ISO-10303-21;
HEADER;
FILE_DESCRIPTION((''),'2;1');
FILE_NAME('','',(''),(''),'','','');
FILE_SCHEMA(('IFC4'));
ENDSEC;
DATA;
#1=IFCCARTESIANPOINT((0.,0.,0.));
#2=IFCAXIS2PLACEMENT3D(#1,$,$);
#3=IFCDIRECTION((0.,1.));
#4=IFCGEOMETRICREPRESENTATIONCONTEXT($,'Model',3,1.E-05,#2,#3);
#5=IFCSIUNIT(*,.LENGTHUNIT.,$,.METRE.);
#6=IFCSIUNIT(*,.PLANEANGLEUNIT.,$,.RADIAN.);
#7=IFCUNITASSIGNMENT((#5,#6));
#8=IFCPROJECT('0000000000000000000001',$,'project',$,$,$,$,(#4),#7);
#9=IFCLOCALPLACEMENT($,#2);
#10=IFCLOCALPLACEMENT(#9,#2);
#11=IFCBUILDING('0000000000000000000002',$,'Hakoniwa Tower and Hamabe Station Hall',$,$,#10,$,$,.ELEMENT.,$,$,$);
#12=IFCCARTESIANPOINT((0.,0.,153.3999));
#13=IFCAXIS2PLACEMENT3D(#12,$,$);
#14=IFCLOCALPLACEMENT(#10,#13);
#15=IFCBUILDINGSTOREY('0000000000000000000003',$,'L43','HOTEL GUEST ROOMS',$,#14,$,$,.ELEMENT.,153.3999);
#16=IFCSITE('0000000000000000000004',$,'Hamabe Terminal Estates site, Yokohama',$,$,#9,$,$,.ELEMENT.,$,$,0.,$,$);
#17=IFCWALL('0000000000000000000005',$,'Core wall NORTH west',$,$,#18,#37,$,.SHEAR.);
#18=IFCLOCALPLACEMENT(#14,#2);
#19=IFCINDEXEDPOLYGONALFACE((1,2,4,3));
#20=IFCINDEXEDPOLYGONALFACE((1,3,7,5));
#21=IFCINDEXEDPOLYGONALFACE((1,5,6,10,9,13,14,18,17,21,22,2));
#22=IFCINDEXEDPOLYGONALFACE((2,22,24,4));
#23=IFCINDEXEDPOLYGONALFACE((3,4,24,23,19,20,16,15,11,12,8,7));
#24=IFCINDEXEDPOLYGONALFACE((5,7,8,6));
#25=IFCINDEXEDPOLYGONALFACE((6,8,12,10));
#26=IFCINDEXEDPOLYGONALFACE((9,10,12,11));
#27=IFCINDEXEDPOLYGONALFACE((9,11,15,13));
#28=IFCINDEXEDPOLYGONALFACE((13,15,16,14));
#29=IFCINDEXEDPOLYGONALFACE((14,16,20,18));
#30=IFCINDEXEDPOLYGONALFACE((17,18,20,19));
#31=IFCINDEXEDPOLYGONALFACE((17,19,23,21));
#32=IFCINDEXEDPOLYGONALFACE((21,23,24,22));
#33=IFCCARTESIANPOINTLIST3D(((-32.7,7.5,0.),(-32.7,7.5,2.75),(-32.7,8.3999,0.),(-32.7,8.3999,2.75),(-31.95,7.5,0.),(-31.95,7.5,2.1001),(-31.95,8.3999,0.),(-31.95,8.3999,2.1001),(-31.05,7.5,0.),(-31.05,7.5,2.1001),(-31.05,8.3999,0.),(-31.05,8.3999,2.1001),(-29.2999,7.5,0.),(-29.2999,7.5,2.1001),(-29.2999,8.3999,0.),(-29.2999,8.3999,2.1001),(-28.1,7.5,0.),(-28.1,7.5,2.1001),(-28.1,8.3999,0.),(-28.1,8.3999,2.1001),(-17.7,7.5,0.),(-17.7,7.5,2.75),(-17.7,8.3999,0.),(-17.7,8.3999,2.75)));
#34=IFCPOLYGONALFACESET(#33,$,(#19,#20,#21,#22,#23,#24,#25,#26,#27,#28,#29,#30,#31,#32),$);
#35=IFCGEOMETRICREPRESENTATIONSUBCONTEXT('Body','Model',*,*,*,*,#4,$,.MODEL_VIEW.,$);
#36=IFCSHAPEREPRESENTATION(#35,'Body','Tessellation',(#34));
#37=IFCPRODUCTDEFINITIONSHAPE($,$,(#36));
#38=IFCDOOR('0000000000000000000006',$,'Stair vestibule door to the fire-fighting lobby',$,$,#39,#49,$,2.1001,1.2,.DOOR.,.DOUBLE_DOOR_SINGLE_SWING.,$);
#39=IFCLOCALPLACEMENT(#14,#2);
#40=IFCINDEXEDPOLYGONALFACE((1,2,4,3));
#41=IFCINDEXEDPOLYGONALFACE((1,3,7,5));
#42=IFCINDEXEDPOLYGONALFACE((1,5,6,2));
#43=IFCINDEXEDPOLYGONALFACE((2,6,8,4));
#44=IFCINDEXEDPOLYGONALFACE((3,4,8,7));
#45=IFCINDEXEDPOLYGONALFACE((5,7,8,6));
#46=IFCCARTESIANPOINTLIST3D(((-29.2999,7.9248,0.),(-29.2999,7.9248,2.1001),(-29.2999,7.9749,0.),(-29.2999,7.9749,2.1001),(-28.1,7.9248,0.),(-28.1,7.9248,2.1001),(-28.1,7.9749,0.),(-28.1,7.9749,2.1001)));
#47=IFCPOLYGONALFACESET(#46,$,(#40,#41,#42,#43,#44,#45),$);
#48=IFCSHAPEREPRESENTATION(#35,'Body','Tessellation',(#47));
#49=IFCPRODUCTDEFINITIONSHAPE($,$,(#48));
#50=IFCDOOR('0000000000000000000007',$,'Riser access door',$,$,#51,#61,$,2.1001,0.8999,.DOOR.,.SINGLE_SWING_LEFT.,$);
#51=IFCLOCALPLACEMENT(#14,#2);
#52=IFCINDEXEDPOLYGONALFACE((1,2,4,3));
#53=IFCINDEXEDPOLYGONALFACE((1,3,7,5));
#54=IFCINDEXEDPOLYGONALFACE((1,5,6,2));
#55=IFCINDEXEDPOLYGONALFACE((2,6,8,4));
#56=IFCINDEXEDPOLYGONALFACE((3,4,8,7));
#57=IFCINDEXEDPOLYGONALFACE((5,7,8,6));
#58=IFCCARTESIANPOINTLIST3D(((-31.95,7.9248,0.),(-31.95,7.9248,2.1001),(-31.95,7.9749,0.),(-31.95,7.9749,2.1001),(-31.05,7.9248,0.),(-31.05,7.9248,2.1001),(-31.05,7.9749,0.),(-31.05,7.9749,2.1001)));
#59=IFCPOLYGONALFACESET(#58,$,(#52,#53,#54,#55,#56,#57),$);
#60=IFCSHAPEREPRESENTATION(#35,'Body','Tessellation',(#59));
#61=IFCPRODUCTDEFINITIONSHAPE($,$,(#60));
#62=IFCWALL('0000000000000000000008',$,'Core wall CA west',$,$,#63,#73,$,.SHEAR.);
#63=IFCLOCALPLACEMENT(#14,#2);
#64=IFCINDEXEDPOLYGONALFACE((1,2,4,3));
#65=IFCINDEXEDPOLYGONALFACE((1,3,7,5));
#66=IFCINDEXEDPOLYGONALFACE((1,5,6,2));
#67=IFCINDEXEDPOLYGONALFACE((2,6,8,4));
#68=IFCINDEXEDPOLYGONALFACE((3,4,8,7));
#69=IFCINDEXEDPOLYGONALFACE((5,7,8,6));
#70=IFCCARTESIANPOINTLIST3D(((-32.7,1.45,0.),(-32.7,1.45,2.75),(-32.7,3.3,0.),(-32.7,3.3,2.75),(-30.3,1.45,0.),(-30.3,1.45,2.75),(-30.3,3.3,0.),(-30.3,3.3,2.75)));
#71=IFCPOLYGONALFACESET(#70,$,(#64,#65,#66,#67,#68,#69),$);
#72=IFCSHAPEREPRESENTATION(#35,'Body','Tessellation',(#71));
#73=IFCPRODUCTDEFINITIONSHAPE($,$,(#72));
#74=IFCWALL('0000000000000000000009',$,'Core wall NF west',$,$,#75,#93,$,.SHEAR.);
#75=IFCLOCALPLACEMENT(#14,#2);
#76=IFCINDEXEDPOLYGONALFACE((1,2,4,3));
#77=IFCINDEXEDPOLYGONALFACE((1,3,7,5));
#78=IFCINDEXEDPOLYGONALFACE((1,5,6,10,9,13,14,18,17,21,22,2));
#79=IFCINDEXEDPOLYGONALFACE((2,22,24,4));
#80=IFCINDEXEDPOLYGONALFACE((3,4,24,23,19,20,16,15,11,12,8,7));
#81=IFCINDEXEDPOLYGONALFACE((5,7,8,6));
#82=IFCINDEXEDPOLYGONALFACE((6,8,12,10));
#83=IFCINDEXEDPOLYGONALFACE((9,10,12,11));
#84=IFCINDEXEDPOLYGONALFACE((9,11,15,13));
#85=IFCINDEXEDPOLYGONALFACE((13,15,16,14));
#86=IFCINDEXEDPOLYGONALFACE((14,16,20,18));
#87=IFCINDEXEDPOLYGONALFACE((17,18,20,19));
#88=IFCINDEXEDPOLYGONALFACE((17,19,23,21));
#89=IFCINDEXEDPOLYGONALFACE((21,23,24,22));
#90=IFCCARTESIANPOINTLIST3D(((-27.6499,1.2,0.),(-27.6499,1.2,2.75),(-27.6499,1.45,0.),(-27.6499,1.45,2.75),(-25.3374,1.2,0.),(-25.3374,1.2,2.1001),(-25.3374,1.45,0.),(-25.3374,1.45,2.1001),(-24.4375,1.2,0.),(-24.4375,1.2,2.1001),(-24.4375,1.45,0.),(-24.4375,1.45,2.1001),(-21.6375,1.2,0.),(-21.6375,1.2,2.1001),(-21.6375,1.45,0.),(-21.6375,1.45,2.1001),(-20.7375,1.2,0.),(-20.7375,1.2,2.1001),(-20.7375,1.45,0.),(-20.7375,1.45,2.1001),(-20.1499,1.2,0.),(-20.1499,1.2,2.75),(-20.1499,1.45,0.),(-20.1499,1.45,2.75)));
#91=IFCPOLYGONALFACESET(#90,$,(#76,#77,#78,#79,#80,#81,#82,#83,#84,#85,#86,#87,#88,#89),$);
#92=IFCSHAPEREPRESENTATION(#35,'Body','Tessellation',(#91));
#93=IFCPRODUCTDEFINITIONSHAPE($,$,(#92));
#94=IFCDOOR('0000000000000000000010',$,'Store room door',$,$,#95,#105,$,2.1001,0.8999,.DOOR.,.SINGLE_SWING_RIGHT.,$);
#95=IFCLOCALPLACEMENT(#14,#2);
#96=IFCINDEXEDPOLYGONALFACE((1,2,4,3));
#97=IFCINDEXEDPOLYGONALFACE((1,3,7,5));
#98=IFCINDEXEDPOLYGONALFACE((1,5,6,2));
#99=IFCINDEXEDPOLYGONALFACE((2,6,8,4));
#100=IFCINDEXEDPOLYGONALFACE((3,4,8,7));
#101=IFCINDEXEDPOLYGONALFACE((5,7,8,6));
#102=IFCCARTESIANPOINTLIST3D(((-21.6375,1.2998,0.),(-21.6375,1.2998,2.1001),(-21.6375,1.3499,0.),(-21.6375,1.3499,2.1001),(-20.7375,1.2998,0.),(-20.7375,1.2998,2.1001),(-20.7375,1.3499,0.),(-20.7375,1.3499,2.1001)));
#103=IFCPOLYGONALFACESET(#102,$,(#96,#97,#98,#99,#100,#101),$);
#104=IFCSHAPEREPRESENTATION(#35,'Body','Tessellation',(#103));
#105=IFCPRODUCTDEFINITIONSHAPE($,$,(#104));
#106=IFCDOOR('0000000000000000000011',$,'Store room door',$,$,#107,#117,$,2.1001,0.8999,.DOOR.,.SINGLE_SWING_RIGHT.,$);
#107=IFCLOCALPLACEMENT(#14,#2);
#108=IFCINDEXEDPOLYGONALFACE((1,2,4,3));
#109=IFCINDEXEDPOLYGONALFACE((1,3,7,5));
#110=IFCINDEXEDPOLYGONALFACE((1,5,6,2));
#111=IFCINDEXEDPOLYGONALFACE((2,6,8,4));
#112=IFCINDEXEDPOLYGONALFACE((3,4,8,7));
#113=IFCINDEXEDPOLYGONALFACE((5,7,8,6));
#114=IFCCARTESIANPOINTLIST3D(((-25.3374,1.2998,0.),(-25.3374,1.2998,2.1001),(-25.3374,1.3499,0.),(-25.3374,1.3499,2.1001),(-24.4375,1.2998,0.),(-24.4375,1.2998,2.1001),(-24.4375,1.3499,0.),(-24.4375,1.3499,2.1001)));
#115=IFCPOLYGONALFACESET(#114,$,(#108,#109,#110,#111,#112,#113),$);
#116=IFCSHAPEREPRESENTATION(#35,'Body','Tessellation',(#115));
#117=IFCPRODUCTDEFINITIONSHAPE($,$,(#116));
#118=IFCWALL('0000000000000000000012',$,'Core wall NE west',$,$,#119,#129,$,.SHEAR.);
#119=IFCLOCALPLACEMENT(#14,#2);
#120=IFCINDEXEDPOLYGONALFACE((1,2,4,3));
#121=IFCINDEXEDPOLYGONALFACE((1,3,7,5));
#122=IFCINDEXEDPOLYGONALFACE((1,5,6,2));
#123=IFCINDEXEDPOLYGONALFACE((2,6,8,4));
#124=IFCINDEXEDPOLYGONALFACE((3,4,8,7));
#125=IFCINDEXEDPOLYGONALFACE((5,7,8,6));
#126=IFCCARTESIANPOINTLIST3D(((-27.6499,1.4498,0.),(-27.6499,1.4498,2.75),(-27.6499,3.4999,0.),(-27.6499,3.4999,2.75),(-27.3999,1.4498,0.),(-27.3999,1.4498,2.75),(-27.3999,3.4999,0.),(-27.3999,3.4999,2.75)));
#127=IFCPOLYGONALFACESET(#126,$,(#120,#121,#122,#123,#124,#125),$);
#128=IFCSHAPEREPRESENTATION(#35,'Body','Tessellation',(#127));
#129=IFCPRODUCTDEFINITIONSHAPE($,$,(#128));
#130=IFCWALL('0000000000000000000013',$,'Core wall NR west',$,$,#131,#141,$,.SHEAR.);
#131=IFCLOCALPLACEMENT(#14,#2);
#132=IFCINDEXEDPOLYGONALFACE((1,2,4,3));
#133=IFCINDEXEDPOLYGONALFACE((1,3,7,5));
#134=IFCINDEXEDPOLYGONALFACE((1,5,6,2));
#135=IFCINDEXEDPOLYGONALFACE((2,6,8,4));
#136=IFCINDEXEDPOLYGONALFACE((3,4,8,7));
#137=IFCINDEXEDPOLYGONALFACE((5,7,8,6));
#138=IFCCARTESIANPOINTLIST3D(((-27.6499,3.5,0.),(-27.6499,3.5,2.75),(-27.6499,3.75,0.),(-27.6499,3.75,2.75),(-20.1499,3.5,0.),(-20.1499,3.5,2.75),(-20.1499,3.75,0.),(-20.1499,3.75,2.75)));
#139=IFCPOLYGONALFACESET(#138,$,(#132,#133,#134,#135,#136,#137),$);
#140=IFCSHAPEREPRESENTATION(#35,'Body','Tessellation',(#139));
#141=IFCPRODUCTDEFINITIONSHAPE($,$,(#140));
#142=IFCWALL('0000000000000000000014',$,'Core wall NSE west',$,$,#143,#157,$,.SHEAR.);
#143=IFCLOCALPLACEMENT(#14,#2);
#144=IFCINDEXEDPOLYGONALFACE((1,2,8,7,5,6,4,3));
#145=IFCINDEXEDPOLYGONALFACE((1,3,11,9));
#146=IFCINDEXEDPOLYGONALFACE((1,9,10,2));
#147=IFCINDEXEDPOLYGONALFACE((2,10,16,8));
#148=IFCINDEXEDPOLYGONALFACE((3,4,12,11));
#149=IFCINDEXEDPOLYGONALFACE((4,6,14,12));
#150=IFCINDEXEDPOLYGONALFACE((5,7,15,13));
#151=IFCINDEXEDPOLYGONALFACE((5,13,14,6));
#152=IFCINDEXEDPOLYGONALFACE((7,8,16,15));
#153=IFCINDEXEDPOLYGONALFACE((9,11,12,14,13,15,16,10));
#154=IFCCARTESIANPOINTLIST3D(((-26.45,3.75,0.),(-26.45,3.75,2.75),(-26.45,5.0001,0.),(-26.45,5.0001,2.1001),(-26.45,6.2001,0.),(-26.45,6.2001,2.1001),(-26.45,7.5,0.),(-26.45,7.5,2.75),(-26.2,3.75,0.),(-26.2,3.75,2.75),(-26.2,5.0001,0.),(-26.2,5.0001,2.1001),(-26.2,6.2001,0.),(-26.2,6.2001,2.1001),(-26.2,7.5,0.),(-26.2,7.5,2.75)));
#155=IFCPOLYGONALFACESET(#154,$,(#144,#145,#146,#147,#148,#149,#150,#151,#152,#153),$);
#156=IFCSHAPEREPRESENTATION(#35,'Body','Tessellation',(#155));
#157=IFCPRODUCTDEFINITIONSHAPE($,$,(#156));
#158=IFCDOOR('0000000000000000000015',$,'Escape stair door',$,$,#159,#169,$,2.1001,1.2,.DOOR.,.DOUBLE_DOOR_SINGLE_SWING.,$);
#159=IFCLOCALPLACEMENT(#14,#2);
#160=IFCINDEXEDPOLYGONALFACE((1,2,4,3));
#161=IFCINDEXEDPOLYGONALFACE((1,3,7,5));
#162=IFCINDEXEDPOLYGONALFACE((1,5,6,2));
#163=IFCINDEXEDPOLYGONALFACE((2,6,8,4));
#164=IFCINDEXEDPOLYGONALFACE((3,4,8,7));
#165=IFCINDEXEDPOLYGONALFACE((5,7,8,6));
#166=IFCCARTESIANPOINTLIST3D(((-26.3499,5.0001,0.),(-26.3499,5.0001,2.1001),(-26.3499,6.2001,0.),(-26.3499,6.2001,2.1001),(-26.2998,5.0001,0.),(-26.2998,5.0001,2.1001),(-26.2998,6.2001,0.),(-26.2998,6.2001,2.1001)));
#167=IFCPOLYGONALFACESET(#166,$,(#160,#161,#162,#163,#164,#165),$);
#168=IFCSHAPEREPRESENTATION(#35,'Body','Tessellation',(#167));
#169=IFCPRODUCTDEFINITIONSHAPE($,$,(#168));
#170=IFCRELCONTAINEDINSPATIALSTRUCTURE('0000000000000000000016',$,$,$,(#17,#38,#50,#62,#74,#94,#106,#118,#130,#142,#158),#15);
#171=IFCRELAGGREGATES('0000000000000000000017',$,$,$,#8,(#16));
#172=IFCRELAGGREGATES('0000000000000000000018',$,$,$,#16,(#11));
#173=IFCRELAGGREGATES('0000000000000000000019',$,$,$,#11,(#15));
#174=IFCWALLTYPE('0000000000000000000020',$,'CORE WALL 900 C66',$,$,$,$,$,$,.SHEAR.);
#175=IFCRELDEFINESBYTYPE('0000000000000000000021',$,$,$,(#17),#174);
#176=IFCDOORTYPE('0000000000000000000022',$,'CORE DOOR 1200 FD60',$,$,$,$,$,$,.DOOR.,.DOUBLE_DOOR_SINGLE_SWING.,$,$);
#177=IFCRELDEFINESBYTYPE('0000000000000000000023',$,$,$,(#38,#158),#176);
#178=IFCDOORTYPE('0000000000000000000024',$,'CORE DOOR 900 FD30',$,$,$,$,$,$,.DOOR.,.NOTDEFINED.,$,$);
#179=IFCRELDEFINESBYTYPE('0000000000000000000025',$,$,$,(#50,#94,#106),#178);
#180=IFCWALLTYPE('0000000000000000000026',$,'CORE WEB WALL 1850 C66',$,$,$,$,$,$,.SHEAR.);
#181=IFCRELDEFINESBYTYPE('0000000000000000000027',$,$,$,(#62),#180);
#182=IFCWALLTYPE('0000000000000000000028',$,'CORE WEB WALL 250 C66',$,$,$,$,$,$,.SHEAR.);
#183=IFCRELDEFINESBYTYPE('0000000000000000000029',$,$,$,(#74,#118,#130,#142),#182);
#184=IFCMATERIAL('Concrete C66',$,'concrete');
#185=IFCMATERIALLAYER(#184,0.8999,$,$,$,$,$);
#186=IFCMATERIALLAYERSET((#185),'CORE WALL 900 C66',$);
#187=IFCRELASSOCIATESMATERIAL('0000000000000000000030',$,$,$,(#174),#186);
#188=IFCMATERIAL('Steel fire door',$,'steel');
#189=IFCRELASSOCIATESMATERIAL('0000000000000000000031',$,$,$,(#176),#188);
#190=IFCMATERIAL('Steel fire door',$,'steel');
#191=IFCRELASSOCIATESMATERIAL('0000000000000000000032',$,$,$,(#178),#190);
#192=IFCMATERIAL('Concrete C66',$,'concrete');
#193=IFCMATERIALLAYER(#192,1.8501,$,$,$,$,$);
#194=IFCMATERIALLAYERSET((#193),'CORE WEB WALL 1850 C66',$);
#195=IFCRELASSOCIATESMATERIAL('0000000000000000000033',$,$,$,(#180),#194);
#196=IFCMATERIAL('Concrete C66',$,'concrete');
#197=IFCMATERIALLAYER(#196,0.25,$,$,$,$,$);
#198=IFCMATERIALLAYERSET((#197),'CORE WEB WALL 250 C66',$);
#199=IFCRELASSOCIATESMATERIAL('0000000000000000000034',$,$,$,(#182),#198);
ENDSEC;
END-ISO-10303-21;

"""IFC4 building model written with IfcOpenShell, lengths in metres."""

from ifc_helpers import new_model, si_unit, direction, frame, frame_2d, origin, place, context, subcontext, project, spatial, rectangle, extrude, material, layer, layer_set, type_object, element, fill, save


model = new_model("IFC4")

# Units and contexts
model_context = context("Model", 3, precision=1e-05, world=origin(), true_north=direction((0.0, 1.0)))
body_context = subcontext(model_context, "Body", "Model", "MODEL_VIEW")
ifc_project = project(units=[si_unit("LENGTHUNIT", "METRE"), si_unit("PLANEANGLEUNIT", "RADIAN")], contexts=[model_context])

# Site, building, storey
site_placement = place(None, origin())
site = spatial("IfcSite", under=ifc_project, at=site_placement, Name="Hamabe Terminal Estates site, Yokohama", CompositionType="ELEMENT", RefElevation=0.0)
building_placement = place(site_placement, origin())
building = spatial("IfcBuilding", under=site, at=building_placement, Name="Hakoniwa Tower and Hamabe Station Hall", CompositionType="ELEMENT")
storey_placement = place(building_placement, frame((0.0, 0.0, 153.3999)))
storey = spatial("IfcBuildingStorey", under=building, at=storey_placement, Name="L43", Description="HOTEL GUEST ROOMS", CompositionType="ELEMENT", Elevation=153.3999)

# Wall, openings, doors
ifc_material_1 = material(Name="Concrete C66", Category="concrete")
ifc_layer_1 = layer(ifc_material_1, 0.8999)
ifc_layer_set_1 = layer_set([ifc_layer_1], Name="CORE WALL 900 C66")
wall_type_1 = type_object("IfcWallType", Name="CORE WALL 900 C66", PredefinedType="SHEAR", material=ifc_layer_set_1)
wall_1_placement = place(storey_placement, frame((-32.7, 7.95, 0.0), z_axis=(0.0, 0.0, 1.0), x_axis=(1.0, 0.0, 0.0)))
wall_1 = element("IfcWall", 1, at=wall_1_placement, inside=storey, type_object=wall_type_1, Name="Core wall NORTH west", PredefinedType="SHEAR", context=body_context, shape_type="SweptSolid", body=[
    extrude(rectangle(XDim=15.0, YDim=0.8999, at=frame_2d((7.5, 0.0))), origin(), (0.0, 0.0, 1.0), 2.75),
])
opening_1_placement = place(wall_1_placement, frame((3.3999, 0.0, 0.0)))
opening_1 = element("IfcOpeningElement", 2, at=opening_1_placement, cuts=wall_1, PredefinedType="OPENING", context=body_context, shape_type="SweptSolid", body=[
    extrude(rectangle(XDim=1.2, YDim=2.1001, at=frame_2d((0.6001, 1.05))), frame((0.0, 0.46, 0.0), z_axis=(0.0, -1.0, 0.0), x_axis=(1.0, 0.0, 0.0)), (0.0, 0.0, 1.0), 0.9199),
])
opening_2_placement = place(wall_1_placement, frame((0.75, 0.0, 0.0)))
opening_2 = element("IfcOpeningElement", 3, at=opening_2_placement, cuts=wall_1, PredefinedType="OPENING", context=body_context, shape_type="SweptSolid", body=[
    extrude(rectangle(XDim=0.8999, YDim=2.1001, at=frame_2d((0.45, 1.05))), frame((0.0, 0.46, 0.0), z_axis=(0.0, -1.0, 0.0), x_axis=(1.0, 0.0, 0.0)), (0.0, 0.0, 1.0), 0.9199),
])
ifc_material_2 = material(Name="Steel fire door", Category="steel")
door_type_1 = type_object("IfcDoorType", Name="CORE DOOR 1200 FD60", OperationType="DOUBLE_DOOR_SINGLE_SWING", PredefinedType="DOOR", material=ifc_material_2)
door_1_placement = place(opening_1_placement, origin())
door_1 = element("IfcDoor", 4, at=door_1_placement, inside=storey, type_object=door_type_1, Name="Stair vestibule door to the fire-fighting lobby", OperationType="DOUBLE_DOOR_SINGLE_SWING", OverallHeight=2.1001, OverallWidth=1.2, PredefinedType="DOOR", context=body_context, shape_type="SweptSolid", body=[
    extrude(rectangle(XDim=1.2, YDim=2.1001, at=frame_2d((0.6001, 1.05))), frame((0.0, 0.0249, 0.0), z_axis=(0.0, -1.0, 0.0), x_axis=(1.0, 0.0, 0.0)), (0.0, 0.0, 1.0), 0.05),
])
fill(opening_1, door_1)
ifc_material_3 = material(Name="Steel fire door", Category="steel")
door_type_2 = type_object("IfcDoorType", Name="CORE DOOR 900 FD30", OperationType="NOTDEFINED", PredefinedType="DOOR", material=ifc_material_3)
door_2_placement = place(opening_2_placement, origin())
door_2 = element("IfcDoor", 5, at=door_2_placement, inside=storey, type_object=door_type_2, Name="Riser access door", OperationType="SINGLE_SWING_LEFT", OverallHeight=2.1001, OverallWidth=0.8999, PredefinedType="DOOR", context=body_context, shape_type="SweptSolid", body=[
    extrude(rectangle(XDim=0.8999, YDim=2.1001, at=frame_2d((0.45, 1.05))), frame((0.0, 0.0249, 0.0), z_axis=(0.0, -1.0, 0.0), x_axis=(1.0, 0.0, 0.0)), (0.0, 0.0, 1.0), 0.05),
])
fill(opening_2, door_2)

# Wall
ifc_material_4 = material(Name="Concrete C66", Category="concrete")
ifc_layer_2 = layer(ifc_material_4, 1.8501)
ifc_layer_set_2 = layer_set([ifc_layer_2], Name="CORE WEB WALL 1850 C66")
wall_type_2 = type_object("IfcWallType", Name="CORE WEB WALL 1850 C66", PredefinedType="SHEAR", material=ifc_layer_set_2)
wall_2_placement = place(storey_placement, frame((-32.7, 2.375, 0.0), z_axis=(0.0, 0.0, 1.0), x_axis=(1.0, 0.0, 0.0)))
element("IfcWall", 6, at=wall_2_placement, inside=storey, type_object=wall_type_2, Name="Core wall CA west", PredefinedType="SHEAR", context=body_context, shape_type="SweptSolid", body=[
    extrude(rectangle(XDim=2.3999, YDim=1.8501, at=frame_2d((1.2, 0.0))), origin(), (0.0, 0.0, 1.0), 2.75),
])

# Wall, openings, doors
ifc_material_5 = material(Name="Concrete C66", Category="concrete")
ifc_layer_3 = layer(ifc_material_5, 0.25)
ifc_layer_set_3 = layer_set([ifc_layer_3], Name="CORE WEB WALL 250 C66")
wall_type_3 = type_object("IfcWallType", Name="CORE WEB WALL 250 C66", PredefinedType="SHEAR", material=ifc_layer_set_3)
wall_3_placement = place(storey_placement, frame((-27.6499, 1.325, 0.0), z_axis=(0.0, 0.0, 1.0), x_axis=(1.0, 0.0, 0.0)))
wall_3 = element("IfcWall", 7, at=wall_3_placement, inside=storey, type_object=wall_type_3, Name="Core wall NF west", PredefinedType="SHEAR", context=body_context, shape_type="SweptSolid", body=[
    extrude(rectangle(XDim=7.5, YDim=0.25, at=frame_2d((3.75, 0.0))), origin(), (0.0, 0.0, 1.0), 2.75),
])
opening_3_placement = place(wall_3_placement, frame((6.0125, 0.0, 0.0)))
opening_3 = element("IfcOpeningElement", 8, at=opening_3_placement, cuts=wall_3, PredefinedType="OPENING", context=body_context, shape_type="SweptSolid", body=[
    extrude(rectangle(XDim=0.8999, YDim=2.1001, at=frame_2d((0.45, 1.05))), frame((0.0, 0.135, 0.0), z_axis=(0.0, -1.0, 0.0), x_axis=(1.0, 0.0, 0.0)), (0.0, 0.0, 1.0), 0.27),
])
opening_4_placement = place(wall_3_placement, frame((2.3125, 0.0, 0.0)))
opening_4 = element("IfcOpeningElement", 9, at=opening_4_placement, cuts=wall_3, PredefinedType="OPENING", context=body_context, shape_type="SweptSolid", body=[
    extrude(rectangle(XDim=0.8999, YDim=2.1001, at=frame_2d((0.45, 1.05))), frame((0.0, 0.135, 0.0), z_axis=(0.0, -1.0, 0.0), x_axis=(1.0, 0.0, 0.0)), (0.0, 0.0, 1.0), 0.27),
])
door_3_placement = place(opening_3_placement, origin())
door_3 = element("IfcDoor", 10, at=door_3_placement, inside=storey, type_object=door_type_2, Name="Store room door", OperationType="SINGLE_SWING_RIGHT", OverallHeight=2.1001, OverallWidth=0.8999, PredefinedType="DOOR", context=body_context, shape_type="SweptSolid", body=[
    extrude(rectangle(XDim=0.8999, YDim=2.1001, at=frame_2d((0.45, 1.05))), frame((0.0, 0.0249, 0.0), z_axis=(0.0, -1.0, 0.0), x_axis=(1.0, 0.0, 0.0)), (0.0, 0.0, 1.0), 0.05),
])
fill(opening_3, door_3)
door_4_placement = place(opening_4_placement, origin())
door_4 = element("IfcDoor", 11, at=door_4_placement, inside=storey, type_object=door_type_2, Name="Store room door", OperationType="SINGLE_SWING_RIGHT", OverallHeight=2.1001, OverallWidth=0.8999, PredefinedType="DOOR", context=body_context, shape_type="SweptSolid", body=[
    extrude(rectangle(XDim=0.8999, YDim=2.1001, at=frame_2d((0.45, 1.05))), frame((0.0, 0.0249, 0.0), z_axis=(0.0, -1.0, 0.0), x_axis=(1.0, 0.0, 0.0)), (0.0, 0.0, 1.0), 0.05),
])
fill(opening_4, door_4)

# Walls
wall_4_placement = place(storey_placement, frame((-27.5249, 1.45, 0.0), z_axis=(0.0, 0.0, 1.0), x_axis=(0.0, 1.0, 0.0)))
element("IfcWall", 12, at=wall_4_placement, inside=storey, type_object=wall_type_3, Name="Core wall NE west", PredefinedType="SHEAR", context=body_context, shape_type="SweptSolid", body=[
    extrude(rectangle(XDim=2.05, YDim=0.25, at=frame_2d((1.0249, 0.0))), origin(), (0.0, 0.0, 1.0), 2.75),
])
wall_5_placement = place(storey_placement, frame((-27.6499, 3.625, 0.0), z_axis=(0.0, 0.0, 1.0), x_axis=(1.0, 0.0, 0.0)))
element("IfcWall", 13, at=wall_5_placement, inside=storey, type_object=wall_type_3, Name="Core wall NR west", PredefinedType="SHEAR", context=body_context, shape_type="SweptSolid", body=[
    extrude(rectangle(XDim=7.5, YDim=0.25, at=frame_2d((3.75, 0.0))), origin(), (0.0, 0.0, 1.0), 2.75),
])

# Wall, opening, door
wall_6_placement = place(storey_placement, frame((-26.325, 3.75, 0.0), z_axis=(0.0, 0.0, 1.0), x_axis=(0.0, 1.0, 0.0)))
wall_6 = element("IfcWall", 14, at=wall_6_placement, inside=storey, type_object=wall_type_3, Name="Core wall NSE west", PredefinedType="SHEAR", context=body_context, shape_type="SweptSolid", body=[
    extrude(rectangle(XDim=3.75, YDim=0.25, at=frame_2d((1.875, 0.0))), origin(), (0.0, 0.0, 1.0), 2.75),
])
opening_5_placement = place(wall_6_placement, frame((1.25, 0.0, 0.0)))
opening_5 = element("IfcOpeningElement", 15, at=opening_5_placement, cuts=wall_6, PredefinedType="OPENING", context=body_context, shape_type="SweptSolid", body=[
    extrude(rectangle(XDim=1.2, YDim=2.1001, at=frame_2d((0.6001, 1.05))), frame((0.0, 0.135, 0.0), z_axis=(0.0, -1.0, 0.0), x_axis=(1.0, 0.0, 0.0)), (0.0, 0.0, 1.0), 0.27),
])
door_5_placement = place(opening_5_placement, origin())
door_5 = element("IfcDoor", 16, at=door_5_placement, inside=storey, type_object=door_type_1, Name="Escape stair door", OperationType="DOUBLE_DOOR_SINGLE_SWING", OverallHeight=2.1001, OverallWidth=1.2, PredefinedType="DOOR", context=body_context, shape_type="SweptSolid", body=[
    extrude(rectangle(XDim=1.2, YDim=2.1001, at=frame_2d((0.6001, 1.05))), frame((0.0, 0.0249, 0.0), z_axis=(0.0, -1.0, 0.0), x_axis=(1.0, 0.0, 0.0)), (0.0, 0.0, 1.0), 0.05),
])
fill(opening_5, door_5)

save(model, "model.ifc")
